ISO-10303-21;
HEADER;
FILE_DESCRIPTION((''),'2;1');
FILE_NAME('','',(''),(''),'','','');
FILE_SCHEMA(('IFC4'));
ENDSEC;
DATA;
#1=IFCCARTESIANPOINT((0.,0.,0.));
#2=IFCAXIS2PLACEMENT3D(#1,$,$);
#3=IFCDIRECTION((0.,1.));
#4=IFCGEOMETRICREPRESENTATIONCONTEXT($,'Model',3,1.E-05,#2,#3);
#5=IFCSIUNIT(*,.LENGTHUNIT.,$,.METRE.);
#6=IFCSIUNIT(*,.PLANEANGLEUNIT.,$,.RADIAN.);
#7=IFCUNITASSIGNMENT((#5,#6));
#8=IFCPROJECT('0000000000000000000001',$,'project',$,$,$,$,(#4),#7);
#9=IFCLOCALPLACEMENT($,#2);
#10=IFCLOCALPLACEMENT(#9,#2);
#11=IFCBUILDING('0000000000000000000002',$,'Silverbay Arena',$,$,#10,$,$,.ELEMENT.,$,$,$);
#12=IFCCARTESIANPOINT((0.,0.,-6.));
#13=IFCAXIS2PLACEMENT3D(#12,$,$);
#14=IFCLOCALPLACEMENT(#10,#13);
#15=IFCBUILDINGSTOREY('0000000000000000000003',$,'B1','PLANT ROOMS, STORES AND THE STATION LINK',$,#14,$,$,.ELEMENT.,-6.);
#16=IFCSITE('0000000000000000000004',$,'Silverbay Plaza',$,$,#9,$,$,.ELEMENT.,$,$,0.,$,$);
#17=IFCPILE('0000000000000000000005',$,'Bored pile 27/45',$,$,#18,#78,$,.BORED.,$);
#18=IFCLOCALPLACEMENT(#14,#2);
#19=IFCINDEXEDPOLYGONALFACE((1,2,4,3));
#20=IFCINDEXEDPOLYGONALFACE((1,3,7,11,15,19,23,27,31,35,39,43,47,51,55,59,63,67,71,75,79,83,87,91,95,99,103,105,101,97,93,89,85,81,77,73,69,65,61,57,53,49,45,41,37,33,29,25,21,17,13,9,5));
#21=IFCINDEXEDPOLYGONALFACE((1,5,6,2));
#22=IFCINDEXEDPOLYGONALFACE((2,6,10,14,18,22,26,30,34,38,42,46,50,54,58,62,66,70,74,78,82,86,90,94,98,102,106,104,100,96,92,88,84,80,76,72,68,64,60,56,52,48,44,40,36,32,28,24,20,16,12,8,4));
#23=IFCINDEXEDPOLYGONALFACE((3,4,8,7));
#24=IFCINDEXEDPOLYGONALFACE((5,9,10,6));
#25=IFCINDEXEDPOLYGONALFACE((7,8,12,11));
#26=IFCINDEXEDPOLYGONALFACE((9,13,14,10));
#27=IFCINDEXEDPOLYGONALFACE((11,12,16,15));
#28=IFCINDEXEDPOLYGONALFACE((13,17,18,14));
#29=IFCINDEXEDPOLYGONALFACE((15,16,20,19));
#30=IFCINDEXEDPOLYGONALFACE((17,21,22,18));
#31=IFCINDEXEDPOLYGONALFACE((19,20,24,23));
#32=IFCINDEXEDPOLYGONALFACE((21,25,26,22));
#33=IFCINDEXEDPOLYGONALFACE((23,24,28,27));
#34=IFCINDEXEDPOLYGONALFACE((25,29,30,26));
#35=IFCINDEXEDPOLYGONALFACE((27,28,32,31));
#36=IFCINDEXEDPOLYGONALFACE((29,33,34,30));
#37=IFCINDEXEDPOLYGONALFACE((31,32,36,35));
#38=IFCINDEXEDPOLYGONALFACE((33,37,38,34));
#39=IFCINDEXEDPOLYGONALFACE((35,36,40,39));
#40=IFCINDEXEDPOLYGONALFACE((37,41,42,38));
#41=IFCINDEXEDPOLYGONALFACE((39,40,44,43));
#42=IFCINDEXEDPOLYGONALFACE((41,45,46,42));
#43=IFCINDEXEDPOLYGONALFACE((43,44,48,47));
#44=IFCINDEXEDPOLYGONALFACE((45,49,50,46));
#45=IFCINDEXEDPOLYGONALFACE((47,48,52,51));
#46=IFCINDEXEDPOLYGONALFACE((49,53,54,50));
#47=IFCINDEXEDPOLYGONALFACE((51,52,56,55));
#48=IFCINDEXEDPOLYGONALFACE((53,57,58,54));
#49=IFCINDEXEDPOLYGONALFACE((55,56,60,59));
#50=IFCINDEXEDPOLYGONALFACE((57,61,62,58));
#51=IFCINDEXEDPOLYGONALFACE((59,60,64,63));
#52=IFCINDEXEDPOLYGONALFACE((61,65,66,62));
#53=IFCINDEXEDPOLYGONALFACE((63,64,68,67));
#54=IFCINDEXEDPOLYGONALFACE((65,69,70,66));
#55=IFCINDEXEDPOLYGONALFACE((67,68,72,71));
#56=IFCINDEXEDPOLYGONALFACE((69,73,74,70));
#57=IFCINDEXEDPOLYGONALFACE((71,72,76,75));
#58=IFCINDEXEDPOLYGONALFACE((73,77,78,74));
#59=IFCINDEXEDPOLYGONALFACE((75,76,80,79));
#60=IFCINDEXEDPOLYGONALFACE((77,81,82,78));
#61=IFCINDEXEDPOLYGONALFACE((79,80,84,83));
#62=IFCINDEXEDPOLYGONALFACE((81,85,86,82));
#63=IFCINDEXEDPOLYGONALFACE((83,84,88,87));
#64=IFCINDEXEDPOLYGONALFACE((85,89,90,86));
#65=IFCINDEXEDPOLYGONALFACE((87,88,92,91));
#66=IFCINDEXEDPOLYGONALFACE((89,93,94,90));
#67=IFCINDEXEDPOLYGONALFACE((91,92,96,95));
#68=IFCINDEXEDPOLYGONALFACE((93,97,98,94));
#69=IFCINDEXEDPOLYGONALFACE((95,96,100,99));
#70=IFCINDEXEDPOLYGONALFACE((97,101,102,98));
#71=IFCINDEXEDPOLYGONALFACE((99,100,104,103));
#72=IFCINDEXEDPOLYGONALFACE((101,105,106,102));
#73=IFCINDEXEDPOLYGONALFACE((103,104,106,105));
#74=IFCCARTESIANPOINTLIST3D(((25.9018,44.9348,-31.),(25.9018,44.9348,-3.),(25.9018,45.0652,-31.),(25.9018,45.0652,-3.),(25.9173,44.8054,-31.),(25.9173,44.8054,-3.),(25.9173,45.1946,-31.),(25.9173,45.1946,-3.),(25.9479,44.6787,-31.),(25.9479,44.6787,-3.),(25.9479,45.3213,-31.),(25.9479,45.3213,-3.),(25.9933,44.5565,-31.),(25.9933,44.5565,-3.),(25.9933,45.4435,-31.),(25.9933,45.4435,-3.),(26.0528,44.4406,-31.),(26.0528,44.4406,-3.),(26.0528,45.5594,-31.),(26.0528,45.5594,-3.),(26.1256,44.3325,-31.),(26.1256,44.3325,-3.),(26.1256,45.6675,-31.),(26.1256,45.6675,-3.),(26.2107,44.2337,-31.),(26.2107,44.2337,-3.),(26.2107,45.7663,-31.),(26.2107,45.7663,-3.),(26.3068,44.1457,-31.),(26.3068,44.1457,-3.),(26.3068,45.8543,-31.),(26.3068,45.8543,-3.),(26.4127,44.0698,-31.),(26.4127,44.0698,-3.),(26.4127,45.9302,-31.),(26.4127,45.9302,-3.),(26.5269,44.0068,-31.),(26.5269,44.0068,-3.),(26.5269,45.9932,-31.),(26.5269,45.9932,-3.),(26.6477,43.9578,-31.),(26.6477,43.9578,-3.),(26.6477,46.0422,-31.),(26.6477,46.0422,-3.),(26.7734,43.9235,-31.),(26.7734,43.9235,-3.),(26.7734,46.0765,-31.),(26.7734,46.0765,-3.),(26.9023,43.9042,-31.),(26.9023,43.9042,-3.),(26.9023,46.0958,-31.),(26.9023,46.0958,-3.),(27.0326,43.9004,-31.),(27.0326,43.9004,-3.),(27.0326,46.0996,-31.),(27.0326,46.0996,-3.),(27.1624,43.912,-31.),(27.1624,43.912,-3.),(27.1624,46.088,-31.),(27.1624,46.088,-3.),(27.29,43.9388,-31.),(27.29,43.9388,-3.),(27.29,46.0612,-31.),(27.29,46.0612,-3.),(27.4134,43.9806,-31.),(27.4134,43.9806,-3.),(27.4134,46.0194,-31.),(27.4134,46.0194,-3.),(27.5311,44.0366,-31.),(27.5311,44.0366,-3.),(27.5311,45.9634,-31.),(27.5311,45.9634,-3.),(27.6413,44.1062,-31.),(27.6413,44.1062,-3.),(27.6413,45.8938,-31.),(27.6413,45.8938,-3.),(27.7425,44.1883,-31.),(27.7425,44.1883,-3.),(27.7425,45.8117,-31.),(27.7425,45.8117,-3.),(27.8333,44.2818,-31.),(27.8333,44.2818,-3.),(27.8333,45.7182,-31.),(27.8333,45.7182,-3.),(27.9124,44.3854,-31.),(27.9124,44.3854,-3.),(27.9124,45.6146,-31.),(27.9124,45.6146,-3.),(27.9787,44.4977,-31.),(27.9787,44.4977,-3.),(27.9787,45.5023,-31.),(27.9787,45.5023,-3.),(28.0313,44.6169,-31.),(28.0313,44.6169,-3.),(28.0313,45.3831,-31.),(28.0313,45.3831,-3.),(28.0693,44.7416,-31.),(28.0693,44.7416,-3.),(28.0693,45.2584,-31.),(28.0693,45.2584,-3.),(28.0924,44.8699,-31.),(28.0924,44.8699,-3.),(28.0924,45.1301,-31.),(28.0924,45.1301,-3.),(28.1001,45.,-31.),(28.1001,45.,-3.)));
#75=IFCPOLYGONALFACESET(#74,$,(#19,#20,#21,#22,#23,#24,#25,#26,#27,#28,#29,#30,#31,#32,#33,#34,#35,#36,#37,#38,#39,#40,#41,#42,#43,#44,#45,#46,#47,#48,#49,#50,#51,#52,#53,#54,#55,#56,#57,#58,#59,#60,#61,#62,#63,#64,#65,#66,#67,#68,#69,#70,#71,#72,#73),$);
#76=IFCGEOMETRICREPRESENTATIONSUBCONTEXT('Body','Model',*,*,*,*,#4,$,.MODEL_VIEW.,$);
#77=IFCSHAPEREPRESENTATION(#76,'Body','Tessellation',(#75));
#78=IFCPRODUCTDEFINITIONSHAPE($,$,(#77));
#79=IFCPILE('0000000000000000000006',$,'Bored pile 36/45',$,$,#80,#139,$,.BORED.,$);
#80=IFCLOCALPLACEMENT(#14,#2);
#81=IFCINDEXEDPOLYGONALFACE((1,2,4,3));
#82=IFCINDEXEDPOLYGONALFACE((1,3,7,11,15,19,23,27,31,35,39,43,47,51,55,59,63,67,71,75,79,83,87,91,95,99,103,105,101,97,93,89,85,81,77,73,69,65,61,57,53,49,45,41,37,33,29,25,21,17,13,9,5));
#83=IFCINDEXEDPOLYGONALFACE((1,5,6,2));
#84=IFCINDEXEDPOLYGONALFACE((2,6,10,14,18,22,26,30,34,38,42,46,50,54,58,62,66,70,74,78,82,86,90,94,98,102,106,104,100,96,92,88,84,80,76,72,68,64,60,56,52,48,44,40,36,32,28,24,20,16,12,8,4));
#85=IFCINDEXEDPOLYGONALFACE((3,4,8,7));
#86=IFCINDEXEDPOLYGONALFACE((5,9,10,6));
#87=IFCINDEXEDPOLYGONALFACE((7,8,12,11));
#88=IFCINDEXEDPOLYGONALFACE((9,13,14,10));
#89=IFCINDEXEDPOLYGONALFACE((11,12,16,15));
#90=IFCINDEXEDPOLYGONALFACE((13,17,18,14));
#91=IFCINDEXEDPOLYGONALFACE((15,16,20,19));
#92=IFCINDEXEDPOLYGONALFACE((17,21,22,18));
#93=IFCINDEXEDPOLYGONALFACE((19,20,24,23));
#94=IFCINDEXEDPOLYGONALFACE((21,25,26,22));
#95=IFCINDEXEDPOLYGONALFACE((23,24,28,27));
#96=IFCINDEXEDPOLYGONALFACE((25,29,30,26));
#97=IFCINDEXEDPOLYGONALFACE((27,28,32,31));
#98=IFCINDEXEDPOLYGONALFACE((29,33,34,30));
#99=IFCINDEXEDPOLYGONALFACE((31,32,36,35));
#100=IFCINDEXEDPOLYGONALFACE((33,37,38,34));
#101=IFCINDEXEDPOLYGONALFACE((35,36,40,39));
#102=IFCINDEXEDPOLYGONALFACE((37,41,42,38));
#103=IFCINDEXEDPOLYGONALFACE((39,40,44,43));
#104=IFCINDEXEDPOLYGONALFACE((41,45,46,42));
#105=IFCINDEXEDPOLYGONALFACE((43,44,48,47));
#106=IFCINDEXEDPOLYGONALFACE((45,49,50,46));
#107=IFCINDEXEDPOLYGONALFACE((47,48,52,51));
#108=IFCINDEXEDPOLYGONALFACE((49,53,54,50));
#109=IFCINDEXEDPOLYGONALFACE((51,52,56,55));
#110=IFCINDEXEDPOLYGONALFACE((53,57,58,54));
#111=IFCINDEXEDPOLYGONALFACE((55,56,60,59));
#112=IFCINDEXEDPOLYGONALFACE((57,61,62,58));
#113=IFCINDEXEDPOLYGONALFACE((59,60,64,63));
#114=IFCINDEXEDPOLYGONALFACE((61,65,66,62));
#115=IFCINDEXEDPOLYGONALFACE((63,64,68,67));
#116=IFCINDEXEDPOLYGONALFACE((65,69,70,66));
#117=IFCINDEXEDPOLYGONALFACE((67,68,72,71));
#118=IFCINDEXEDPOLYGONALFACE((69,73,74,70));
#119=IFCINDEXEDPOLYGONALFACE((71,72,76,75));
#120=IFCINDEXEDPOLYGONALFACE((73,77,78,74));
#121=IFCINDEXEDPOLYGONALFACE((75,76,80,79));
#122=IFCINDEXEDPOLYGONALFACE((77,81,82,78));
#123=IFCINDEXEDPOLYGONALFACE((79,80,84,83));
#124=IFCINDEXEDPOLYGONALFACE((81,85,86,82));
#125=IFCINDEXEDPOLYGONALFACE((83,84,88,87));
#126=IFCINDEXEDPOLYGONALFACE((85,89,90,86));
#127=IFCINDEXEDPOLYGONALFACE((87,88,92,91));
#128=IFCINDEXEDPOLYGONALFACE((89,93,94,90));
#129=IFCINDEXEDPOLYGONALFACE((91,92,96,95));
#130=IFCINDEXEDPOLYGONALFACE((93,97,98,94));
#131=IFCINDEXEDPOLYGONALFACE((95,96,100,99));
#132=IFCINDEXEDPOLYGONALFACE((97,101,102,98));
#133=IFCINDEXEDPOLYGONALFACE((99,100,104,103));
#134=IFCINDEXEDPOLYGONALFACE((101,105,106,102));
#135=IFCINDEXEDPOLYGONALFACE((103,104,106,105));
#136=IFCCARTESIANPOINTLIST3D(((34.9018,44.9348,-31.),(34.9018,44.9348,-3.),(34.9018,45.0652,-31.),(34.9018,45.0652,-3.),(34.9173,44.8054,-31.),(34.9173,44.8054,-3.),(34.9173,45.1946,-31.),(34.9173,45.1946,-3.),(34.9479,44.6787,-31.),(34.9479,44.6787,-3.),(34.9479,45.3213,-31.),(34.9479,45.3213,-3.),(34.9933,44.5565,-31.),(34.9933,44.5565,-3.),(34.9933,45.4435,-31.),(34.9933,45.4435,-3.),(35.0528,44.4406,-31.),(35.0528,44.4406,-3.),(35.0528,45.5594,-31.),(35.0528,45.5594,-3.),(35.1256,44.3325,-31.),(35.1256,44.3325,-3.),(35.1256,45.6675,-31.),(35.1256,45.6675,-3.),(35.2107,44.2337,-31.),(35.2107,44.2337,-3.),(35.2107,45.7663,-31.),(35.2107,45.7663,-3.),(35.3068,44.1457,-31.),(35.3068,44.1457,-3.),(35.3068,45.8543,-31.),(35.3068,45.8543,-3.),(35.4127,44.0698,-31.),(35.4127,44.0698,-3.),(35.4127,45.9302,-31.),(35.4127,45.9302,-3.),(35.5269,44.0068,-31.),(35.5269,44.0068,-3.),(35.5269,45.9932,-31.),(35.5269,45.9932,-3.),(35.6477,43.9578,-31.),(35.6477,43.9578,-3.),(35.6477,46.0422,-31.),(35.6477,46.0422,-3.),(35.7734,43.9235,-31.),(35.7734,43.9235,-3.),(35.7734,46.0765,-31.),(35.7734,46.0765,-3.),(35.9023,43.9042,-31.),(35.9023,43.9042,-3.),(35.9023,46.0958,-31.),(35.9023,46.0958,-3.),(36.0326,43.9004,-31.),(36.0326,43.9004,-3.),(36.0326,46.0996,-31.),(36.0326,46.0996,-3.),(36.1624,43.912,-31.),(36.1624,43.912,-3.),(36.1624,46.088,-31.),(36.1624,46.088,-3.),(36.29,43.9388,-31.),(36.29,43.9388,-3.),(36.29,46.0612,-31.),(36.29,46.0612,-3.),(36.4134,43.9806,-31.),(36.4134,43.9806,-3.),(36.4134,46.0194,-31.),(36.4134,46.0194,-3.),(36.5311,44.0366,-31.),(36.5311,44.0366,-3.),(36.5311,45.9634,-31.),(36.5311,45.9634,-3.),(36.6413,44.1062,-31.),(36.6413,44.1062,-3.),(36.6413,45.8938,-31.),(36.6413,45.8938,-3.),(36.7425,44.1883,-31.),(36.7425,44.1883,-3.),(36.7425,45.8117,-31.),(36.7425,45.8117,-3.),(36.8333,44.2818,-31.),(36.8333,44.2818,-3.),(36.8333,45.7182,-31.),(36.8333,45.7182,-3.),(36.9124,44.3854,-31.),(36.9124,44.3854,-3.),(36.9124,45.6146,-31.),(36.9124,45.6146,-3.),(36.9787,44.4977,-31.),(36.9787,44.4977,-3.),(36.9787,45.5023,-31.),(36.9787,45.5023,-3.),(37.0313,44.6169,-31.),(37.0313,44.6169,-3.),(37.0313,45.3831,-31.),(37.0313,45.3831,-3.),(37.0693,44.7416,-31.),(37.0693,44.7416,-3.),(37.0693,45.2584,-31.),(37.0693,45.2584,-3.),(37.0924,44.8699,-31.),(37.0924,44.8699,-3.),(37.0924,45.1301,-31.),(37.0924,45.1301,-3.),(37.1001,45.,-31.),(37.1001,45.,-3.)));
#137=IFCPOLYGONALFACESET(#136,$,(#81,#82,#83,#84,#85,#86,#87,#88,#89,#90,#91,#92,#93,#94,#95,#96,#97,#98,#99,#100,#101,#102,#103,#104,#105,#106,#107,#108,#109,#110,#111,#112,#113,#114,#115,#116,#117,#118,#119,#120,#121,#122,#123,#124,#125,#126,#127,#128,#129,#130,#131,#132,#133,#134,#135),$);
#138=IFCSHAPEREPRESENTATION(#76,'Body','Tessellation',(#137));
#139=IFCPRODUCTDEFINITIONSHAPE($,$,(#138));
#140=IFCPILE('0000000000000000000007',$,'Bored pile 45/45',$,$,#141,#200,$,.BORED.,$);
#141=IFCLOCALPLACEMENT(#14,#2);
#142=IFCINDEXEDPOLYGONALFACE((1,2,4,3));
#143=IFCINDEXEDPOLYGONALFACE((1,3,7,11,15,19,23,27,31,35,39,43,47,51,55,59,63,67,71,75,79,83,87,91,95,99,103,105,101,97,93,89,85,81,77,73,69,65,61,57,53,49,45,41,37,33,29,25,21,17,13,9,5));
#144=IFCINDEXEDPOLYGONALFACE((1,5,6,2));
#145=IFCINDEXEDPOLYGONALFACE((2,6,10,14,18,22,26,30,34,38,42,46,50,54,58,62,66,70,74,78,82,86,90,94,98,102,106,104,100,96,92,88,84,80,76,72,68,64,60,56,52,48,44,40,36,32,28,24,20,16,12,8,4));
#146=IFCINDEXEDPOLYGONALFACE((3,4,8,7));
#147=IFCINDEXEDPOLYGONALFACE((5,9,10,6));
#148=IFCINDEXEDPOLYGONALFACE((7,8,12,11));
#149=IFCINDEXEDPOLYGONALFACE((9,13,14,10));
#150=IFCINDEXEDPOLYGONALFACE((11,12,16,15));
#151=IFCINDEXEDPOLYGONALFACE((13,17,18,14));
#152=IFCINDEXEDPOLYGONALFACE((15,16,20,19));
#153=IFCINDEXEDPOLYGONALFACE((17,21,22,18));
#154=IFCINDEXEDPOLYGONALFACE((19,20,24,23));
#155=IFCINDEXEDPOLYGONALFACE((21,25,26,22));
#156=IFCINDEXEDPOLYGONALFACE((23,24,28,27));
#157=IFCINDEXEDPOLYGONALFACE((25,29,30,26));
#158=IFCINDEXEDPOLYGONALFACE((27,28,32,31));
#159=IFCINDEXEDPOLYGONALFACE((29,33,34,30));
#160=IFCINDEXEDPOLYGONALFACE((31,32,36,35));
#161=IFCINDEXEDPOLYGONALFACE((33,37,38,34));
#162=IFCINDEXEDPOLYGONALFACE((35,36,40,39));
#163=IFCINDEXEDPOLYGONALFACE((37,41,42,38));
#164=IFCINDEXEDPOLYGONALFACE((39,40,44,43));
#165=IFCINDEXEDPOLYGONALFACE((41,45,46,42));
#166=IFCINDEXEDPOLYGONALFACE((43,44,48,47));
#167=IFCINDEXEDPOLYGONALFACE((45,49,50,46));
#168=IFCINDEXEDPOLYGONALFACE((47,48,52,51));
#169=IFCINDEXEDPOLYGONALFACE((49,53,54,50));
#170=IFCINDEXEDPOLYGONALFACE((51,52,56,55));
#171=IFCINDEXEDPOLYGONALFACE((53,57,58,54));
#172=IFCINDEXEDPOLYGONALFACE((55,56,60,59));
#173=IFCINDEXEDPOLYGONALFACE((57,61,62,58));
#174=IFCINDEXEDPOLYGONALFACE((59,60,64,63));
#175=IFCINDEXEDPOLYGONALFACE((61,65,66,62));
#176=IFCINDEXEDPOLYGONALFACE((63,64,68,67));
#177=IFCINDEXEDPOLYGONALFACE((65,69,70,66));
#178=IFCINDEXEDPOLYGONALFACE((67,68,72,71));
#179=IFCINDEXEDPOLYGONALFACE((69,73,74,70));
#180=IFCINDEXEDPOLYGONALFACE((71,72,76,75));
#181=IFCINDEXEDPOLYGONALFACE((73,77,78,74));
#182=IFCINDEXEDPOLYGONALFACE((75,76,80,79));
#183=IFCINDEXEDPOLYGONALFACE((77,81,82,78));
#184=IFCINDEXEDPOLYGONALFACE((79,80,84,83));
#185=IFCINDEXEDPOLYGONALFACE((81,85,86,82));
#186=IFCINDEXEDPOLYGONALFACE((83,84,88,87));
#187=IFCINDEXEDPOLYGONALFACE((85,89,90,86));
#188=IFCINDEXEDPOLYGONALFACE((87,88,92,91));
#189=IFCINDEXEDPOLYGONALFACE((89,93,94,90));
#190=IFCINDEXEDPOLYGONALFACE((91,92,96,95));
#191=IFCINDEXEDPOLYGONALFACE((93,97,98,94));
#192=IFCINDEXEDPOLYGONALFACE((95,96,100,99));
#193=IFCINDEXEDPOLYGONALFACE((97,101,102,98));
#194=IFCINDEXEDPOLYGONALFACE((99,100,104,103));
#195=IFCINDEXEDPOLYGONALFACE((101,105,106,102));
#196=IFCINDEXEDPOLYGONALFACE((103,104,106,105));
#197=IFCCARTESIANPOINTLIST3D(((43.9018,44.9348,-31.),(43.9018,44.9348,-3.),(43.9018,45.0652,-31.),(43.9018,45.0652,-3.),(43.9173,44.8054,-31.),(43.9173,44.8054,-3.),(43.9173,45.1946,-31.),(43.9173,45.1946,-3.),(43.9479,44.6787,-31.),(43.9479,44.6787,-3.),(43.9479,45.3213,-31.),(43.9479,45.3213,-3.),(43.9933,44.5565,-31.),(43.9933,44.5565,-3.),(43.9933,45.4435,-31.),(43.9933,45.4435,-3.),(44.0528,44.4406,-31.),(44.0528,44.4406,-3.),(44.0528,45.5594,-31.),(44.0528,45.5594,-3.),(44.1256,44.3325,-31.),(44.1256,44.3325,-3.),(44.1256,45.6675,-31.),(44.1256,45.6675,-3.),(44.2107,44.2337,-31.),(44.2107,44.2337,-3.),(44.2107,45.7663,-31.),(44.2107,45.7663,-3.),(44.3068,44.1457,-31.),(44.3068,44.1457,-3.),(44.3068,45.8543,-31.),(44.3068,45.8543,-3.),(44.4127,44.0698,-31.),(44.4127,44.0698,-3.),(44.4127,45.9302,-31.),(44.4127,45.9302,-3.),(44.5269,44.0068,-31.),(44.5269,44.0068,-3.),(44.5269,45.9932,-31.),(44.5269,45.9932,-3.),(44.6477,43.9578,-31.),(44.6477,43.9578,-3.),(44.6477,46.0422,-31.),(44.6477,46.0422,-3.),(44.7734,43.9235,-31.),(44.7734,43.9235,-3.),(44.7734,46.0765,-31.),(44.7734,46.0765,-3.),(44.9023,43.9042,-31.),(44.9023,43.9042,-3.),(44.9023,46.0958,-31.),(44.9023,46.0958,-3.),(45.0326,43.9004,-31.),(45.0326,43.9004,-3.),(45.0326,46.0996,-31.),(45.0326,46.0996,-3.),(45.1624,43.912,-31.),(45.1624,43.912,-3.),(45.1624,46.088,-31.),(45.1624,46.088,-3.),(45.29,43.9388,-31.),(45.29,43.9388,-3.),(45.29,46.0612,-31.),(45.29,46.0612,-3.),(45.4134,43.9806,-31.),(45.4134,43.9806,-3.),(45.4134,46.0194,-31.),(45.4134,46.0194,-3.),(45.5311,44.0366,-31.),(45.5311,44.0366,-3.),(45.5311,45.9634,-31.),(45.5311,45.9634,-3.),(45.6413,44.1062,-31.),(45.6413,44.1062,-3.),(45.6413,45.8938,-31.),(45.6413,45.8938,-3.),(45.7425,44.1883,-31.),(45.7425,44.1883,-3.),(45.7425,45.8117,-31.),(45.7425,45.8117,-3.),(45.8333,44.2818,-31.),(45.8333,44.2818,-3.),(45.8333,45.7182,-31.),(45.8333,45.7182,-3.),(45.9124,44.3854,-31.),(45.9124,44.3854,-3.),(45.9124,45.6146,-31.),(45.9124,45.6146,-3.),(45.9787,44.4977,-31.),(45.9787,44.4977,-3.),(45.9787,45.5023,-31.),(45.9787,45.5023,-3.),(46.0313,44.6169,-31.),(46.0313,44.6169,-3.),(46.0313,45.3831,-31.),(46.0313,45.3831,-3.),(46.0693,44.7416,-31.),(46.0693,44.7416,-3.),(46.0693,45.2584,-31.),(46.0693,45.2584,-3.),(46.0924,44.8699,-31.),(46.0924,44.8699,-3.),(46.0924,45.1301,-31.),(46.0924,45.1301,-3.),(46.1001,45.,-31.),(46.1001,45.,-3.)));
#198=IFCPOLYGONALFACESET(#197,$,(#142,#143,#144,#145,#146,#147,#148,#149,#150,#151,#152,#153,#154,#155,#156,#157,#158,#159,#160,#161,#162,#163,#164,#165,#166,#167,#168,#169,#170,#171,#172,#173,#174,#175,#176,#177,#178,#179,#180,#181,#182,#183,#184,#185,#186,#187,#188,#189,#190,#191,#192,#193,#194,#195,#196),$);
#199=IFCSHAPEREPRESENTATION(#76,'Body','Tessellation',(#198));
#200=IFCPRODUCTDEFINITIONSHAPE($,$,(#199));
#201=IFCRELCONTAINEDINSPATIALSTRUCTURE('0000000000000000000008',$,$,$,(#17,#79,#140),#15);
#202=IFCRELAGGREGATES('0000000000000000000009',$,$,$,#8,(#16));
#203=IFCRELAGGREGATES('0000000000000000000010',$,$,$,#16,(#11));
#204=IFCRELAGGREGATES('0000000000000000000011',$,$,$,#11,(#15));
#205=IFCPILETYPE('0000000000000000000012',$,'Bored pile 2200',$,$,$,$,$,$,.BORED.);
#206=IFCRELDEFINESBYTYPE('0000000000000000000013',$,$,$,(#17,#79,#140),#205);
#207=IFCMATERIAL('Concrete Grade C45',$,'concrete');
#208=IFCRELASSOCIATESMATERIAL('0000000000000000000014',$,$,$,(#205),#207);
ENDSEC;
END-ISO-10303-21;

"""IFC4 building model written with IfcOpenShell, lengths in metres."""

from ifc_helpers import new_model, si_unit, direction, frame, origin, origin_2d, place, context, subcontext, project, spatial, circle, extrude, material, material_profile, profile_set, type_object, element, save


model = new_model("IFC4")

# Units and contexts
model_context = context("Model", 3, precision=1e-05, world=origin(), true_north=direction((0.0, 1.0)))
body_context = subcontext(model_context, "Body", "Model", "MODEL_VIEW")
ifc_project = project(units=[si_unit("LENGTHUNIT", "METRE"), si_unit("PLANEANGLEUNIT", "RADIAN")], contexts=[model_context])

# Site, building, storey
site_placement = place(None, origin())
site = spatial("IfcSite", under=ifc_project, at=site_placement, Name="Silverbay Plaza", CompositionType="ELEMENT", RefElevation=0.0)
building_placement = place(site_placement, origin())
building = spatial("IfcBuilding", under=site, at=building_placement, Name="Silverbay Arena", CompositionType="ELEMENT")
storey_placement = place(building_placement, frame((0.0, 0.0, -6.0)))
storey = spatial("IfcBuildingStorey", under=building, at=storey_placement, Name="B1", Description="PLANT ROOMS, STORES AND THE STATION LINK", CompositionType="ELEMENT", Elevation=-6.0)

# Piles
ifc_material_1 = material(Name="Concrete Grade C45", Category="concrete")
ifc_material_profile_1 = material_profile(ifc_material_1, circle(Radius=1.1001, at=origin_2d()), Name="Bored pile 2200")
ifc_profile_set_1 = profile_set([ifc_material_profile_1], Name="Concrete Grade C45")
pile_type_1 = type_object("IfcPileType", Name="Bored pile 2200", PredefinedType="BORED", material=ifc_profile_set_1)
for number, where, z_axis, x_axis, name in (
    (1, (27.0, 45.0, -3.0), (0.0, 0.0, -1.0), (1.0, 0.0, 0.0), "Bored pile 27/45"),
    (2, (36.0, 45.0, -3.0), (0.0, 0.0, -1.0), (1.0, 0.0, 0.0), "Bored pile 36/45"),
    (3, (45.0, 45.0, -3.0), (0.0, 0.0, -1.0), (1.0, 0.0, 0.0), "Bored pile 45/45"),
):
    element("IfcPile", number, at=place(storey_placement, frame(where, z_axis=z_axis, x_axis=x_axis)), inside=storey, type_object=pile_type_1, Name=name, PredefinedType="BORED", context=body_context, shape_type="SweptSolid", body=[
        extrude(circle(Radius=1.1001, at=origin_2d()), origin(), (0.0, 0.0, 1.0), 28.0),
    ])

save(model, "model.ifc")
